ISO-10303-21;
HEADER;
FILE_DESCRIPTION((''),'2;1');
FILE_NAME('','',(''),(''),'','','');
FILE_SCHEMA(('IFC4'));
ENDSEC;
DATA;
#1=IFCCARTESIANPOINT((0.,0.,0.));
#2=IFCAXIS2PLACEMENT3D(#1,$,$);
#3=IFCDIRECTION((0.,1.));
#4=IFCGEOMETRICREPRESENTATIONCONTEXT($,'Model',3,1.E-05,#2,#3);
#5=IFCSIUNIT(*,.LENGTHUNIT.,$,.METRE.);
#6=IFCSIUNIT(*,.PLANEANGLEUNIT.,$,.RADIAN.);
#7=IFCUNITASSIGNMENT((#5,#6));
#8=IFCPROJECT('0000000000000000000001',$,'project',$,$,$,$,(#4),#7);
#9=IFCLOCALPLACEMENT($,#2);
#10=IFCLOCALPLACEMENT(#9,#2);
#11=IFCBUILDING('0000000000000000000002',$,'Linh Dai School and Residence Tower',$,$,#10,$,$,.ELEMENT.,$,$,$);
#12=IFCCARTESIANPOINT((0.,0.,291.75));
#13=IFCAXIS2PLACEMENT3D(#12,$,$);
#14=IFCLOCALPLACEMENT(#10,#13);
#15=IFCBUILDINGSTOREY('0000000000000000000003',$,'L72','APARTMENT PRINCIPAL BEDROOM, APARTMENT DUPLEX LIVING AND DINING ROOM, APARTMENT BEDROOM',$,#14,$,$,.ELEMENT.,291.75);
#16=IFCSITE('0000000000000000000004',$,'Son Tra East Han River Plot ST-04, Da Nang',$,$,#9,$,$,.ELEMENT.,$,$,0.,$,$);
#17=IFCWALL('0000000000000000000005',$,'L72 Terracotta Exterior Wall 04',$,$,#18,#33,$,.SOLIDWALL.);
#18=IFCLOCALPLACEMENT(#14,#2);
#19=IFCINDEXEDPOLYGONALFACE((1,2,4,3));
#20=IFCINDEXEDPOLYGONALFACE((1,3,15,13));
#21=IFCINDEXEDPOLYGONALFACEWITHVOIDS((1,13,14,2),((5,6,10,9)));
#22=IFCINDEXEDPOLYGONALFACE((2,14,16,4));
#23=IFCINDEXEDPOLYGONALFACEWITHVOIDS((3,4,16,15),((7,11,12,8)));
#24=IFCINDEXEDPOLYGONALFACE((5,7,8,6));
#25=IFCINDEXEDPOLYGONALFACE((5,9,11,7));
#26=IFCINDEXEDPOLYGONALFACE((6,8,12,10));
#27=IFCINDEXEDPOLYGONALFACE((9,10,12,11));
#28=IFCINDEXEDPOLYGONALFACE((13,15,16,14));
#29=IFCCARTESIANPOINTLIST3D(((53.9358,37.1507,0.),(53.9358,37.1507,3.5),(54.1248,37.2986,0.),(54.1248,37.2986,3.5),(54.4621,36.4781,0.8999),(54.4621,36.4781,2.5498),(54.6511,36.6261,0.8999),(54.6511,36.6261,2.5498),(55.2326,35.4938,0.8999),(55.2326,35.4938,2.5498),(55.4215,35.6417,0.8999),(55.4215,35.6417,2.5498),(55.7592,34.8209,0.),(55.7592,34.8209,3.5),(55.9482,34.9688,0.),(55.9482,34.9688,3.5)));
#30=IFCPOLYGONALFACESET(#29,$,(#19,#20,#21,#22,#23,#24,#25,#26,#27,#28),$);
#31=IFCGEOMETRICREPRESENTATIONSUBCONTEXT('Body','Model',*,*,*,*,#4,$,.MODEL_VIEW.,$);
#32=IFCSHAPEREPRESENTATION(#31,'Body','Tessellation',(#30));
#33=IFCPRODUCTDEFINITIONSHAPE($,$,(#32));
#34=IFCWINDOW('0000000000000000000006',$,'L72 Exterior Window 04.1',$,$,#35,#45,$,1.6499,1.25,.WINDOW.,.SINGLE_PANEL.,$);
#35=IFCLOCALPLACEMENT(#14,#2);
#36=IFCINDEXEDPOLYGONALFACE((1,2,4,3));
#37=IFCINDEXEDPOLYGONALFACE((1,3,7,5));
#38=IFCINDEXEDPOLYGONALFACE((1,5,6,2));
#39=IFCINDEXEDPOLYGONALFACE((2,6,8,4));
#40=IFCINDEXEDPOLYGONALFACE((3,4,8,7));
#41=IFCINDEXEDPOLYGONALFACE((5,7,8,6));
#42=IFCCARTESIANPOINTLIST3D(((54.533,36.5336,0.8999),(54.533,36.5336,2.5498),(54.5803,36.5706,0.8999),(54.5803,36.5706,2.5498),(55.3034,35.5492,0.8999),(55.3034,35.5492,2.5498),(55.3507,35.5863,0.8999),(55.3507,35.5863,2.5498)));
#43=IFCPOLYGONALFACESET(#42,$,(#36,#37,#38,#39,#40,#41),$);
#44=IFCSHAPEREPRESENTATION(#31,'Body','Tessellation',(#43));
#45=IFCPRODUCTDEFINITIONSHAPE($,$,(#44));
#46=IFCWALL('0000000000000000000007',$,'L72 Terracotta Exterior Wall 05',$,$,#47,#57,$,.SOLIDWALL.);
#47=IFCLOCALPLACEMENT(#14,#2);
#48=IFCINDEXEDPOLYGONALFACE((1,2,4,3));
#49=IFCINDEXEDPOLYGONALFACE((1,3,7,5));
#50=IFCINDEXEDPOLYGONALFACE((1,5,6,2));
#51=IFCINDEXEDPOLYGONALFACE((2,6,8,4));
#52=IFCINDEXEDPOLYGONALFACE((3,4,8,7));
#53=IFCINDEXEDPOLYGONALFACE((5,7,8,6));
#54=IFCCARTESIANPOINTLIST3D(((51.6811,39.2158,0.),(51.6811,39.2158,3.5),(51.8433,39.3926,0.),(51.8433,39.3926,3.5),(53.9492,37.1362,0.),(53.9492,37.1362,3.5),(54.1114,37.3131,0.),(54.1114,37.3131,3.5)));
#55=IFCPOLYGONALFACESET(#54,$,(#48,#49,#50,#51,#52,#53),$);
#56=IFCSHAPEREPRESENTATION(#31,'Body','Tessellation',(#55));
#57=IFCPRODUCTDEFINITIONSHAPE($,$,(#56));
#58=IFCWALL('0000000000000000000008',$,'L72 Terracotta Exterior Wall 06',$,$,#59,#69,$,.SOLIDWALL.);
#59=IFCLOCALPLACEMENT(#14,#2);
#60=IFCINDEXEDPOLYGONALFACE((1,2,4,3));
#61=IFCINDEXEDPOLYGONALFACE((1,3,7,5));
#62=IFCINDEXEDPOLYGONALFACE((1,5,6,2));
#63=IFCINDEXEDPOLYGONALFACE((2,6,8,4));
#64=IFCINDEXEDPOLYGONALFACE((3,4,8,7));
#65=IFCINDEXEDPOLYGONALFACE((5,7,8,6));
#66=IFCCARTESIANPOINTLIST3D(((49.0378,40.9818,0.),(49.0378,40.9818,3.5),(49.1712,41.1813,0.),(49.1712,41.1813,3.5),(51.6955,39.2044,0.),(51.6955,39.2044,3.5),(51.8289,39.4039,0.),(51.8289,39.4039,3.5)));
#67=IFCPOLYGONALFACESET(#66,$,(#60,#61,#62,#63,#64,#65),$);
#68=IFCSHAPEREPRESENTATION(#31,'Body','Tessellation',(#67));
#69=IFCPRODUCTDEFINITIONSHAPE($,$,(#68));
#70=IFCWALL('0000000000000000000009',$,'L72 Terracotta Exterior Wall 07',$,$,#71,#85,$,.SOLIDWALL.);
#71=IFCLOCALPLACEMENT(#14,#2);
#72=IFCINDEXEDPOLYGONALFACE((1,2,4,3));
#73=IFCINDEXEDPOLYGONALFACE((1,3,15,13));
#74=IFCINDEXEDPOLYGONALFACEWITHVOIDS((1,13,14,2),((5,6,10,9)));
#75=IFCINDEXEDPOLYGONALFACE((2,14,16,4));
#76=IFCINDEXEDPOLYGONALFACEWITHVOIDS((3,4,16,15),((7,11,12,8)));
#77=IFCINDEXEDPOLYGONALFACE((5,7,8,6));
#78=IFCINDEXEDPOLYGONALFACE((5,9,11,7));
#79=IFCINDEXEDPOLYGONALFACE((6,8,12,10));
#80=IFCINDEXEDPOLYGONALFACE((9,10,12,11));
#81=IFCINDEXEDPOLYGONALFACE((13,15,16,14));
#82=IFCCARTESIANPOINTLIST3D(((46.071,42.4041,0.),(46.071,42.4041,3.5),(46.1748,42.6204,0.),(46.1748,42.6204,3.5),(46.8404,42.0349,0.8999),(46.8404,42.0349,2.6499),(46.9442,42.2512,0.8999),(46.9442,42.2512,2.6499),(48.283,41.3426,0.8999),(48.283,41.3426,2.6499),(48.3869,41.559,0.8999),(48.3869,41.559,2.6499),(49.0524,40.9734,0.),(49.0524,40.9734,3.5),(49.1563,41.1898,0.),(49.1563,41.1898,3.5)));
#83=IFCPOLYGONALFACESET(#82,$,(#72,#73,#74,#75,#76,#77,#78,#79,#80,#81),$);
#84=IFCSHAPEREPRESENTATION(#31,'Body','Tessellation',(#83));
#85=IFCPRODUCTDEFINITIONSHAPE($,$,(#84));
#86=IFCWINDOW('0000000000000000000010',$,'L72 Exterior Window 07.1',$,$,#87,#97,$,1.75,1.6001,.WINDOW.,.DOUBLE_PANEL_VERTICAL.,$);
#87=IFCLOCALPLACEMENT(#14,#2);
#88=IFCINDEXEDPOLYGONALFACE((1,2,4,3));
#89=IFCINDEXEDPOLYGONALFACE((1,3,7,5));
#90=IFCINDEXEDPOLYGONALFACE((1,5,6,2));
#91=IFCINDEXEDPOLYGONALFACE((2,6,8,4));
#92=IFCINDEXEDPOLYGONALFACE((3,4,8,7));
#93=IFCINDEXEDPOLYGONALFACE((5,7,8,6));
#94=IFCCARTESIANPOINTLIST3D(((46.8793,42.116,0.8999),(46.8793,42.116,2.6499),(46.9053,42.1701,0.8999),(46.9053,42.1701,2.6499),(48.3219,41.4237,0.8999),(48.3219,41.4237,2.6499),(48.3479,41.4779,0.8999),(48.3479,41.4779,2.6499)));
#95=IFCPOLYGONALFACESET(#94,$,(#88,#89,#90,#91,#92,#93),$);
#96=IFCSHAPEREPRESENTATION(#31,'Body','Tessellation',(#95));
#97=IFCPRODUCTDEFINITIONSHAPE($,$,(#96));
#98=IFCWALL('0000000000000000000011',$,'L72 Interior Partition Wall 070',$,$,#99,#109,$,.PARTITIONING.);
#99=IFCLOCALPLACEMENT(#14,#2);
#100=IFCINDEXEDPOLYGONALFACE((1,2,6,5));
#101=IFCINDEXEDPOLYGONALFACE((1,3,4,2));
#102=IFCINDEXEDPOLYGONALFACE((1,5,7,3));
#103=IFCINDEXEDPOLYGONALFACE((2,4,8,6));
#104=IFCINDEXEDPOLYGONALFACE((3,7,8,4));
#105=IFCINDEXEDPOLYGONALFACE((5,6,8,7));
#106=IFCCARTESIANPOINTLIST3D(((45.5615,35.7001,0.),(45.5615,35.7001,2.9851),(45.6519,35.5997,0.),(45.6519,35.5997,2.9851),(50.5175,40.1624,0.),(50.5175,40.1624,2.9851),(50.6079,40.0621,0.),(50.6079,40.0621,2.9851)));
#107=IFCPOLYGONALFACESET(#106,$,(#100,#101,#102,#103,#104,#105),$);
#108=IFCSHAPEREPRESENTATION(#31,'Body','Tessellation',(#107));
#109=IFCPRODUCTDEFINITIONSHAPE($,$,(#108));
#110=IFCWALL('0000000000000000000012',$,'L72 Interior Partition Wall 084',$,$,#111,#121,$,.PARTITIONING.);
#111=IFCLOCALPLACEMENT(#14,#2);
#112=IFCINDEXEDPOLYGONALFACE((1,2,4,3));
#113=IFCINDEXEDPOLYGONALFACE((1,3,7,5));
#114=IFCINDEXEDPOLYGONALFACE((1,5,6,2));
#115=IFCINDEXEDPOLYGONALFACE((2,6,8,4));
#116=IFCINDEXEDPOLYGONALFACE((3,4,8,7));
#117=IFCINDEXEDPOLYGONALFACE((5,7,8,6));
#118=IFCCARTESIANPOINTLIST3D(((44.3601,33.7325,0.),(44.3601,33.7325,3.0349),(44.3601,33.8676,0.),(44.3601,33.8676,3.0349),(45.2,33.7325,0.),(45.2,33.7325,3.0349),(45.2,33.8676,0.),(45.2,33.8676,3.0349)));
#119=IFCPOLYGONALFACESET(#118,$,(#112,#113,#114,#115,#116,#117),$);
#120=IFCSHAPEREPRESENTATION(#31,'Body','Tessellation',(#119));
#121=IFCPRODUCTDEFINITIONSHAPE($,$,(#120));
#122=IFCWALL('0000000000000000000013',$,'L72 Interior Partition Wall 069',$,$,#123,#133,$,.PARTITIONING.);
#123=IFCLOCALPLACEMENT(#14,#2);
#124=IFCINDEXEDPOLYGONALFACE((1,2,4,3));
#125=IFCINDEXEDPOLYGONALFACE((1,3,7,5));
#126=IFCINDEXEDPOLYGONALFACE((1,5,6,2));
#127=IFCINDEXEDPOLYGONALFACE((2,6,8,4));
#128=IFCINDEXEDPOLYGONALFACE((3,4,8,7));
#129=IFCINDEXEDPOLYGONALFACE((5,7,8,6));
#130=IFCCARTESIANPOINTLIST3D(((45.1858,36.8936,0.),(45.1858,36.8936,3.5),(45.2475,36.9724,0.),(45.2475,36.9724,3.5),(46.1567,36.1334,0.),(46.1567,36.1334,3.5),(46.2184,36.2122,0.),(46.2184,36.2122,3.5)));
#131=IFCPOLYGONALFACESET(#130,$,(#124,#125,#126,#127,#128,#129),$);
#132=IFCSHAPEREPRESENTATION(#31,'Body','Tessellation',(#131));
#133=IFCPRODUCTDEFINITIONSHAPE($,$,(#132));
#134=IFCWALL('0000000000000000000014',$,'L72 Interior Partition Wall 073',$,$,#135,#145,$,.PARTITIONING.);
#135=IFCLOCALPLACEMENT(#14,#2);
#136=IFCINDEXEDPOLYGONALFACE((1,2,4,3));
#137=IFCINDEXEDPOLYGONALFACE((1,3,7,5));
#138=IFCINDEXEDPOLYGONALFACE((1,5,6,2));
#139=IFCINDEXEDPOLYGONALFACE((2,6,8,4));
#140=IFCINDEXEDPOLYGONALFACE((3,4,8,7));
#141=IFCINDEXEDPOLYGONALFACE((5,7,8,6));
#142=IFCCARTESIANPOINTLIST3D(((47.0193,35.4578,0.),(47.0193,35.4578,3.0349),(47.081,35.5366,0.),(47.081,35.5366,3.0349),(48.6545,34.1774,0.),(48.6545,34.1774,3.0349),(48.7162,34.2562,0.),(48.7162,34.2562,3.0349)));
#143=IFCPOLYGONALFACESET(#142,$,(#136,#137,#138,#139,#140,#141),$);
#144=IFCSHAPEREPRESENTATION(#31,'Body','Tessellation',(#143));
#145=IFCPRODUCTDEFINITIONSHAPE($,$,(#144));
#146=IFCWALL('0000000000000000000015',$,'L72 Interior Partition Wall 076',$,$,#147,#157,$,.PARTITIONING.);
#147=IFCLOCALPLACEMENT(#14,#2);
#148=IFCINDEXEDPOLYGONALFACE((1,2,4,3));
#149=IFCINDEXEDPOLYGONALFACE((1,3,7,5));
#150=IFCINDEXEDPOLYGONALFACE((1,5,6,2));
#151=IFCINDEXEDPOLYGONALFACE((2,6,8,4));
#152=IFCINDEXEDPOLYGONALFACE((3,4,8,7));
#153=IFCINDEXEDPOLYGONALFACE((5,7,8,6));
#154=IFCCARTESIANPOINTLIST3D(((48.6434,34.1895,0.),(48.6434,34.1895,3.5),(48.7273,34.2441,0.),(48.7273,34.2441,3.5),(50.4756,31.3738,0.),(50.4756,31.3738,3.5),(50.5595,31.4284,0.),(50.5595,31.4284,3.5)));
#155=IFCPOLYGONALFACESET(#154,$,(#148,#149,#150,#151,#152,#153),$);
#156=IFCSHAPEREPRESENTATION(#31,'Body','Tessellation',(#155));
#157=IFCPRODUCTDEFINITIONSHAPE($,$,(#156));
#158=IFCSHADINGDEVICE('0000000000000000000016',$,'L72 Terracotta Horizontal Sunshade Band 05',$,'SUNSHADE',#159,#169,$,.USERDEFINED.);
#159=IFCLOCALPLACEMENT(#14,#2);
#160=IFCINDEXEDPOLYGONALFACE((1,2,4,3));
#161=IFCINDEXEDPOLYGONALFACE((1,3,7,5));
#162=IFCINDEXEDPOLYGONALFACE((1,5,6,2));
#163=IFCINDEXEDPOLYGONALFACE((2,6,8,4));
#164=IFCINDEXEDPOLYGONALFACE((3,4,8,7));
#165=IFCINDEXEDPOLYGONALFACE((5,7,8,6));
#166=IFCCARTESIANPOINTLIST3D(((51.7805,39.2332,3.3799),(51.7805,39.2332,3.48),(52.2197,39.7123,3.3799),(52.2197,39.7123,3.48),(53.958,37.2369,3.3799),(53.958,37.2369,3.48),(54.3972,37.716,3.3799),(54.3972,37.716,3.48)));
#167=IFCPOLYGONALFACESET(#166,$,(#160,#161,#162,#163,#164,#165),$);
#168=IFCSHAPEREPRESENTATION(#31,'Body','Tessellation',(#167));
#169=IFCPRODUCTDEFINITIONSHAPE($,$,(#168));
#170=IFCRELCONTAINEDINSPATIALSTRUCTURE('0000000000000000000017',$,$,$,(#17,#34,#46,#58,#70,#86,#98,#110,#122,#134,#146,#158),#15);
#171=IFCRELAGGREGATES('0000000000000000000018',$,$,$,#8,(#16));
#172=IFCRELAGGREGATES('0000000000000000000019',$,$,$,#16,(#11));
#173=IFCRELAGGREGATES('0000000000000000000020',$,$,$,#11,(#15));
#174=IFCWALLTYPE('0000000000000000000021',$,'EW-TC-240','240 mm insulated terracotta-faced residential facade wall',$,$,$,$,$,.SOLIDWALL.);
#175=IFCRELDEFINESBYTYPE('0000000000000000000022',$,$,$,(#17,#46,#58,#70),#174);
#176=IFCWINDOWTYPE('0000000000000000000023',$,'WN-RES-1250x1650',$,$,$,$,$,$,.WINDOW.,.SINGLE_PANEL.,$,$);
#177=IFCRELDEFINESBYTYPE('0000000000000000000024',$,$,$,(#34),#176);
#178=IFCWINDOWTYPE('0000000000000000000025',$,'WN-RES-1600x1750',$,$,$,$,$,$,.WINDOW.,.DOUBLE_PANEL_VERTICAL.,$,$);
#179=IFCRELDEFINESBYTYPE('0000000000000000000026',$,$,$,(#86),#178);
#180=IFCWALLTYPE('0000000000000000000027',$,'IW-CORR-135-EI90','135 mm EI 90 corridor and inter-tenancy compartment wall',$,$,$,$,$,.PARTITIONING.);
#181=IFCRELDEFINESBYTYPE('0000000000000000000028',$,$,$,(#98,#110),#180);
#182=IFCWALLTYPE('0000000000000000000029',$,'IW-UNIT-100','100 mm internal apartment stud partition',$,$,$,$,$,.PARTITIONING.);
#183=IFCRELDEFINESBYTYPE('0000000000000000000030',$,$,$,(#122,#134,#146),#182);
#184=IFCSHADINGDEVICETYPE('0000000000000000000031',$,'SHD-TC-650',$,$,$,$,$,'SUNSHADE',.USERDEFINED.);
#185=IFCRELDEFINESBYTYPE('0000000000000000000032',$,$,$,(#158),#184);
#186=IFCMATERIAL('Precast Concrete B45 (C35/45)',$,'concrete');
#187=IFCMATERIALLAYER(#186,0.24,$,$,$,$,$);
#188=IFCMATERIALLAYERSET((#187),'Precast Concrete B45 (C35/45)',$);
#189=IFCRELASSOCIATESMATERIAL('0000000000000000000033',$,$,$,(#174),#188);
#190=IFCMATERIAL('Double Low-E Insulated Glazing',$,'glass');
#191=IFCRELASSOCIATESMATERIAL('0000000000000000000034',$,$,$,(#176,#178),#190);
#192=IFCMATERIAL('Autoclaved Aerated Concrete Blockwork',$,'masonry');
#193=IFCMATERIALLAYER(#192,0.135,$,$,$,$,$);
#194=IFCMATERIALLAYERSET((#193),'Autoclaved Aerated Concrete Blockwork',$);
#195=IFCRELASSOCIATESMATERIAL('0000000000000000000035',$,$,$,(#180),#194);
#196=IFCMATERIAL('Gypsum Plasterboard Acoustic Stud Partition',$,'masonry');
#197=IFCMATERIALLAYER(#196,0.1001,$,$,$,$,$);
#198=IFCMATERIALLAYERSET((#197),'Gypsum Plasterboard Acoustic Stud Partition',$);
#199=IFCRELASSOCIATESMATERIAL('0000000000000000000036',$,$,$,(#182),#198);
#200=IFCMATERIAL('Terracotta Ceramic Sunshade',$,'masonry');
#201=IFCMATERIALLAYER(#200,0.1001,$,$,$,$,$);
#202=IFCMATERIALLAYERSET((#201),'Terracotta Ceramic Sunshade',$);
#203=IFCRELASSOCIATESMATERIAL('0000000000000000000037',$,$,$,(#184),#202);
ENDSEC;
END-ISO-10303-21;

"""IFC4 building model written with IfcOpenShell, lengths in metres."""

from ifc_helpers import new_model, si_unit, direction, frame, frame_2d, origin, origin_2d, place, context, subcontext, project, spatial, rectangle, extrude, source, transform, mapped, material, layer, layer_set, type_object, element, fill, save


model = new_model("IFC4")

# Units and contexts
model_context = context("Model", 3, precision=1e-05, world=origin(), true_north=direction((0.0, 1.0)))
body_context = subcontext(model_context, "Body", "Model", "MODEL_VIEW")
ifc_project = project(units=[si_unit("LENGTHUNIT", "METRE"), si_unit("PLANEANGLEUNIT", "RADIAN")], contexts=[model_context])

# Site, building, storey
site_placement = place(None, origin())
site = spatial("IfcSite", under=ifc_project, at=site_placement, Name="Son Tra East Han River Plot ST-04, Da Nang", CompositionType="ELEMENT", RefElevation=0.0)
building_placement = place(site_placement, origin())
building = spatial("IfcBuilding", under=site, at=building_placement, Name="Linh Dai School and Residence Tower", CompositionType="ELEMENT")
storey_placement = place(building_placement, frame((0.0, 0.0, 291.75)))
storey = spatial("IfcBuildingStorey", under=building, at=storey_placement, Name="L72", Description="APARTMENT PRINCIPAL BEDROOM, APARTMENT DUPLEX LIVING AND DINING ROOM, APARTMENT BEDROOM", CompositionType="ELEMENT", Elevation=291.75)

# Shared definitions
ifc_material_1 = material(Name="Precast Concrete B45 (C35/45)", Category="concrete")

# Shared definitions
ifc_layer_1 = layer(ifc_material_1, 0.24)
ifc_layer_set_1 = layer_set([ifc_layer_1], Name="Precast Concrete B45 (C35/45)")
wall_type_1 = type_object("IfcWallType", Name="EW-TC-240", Description="240 mm insulated terracotta-faced residential facade wall", PredefinedType="SOLIDWALL", material=ifc_layer_set_1)

# Wall, opening, window
wall_1_placement = place(storey_placement, frame((54.0303, 37.2246, 0.0), z_axis=(0.0, 0.0, 1.0), x_axis=(0.616337, -0.787482, 0.0)))
wall_1 = element("IfcWall", 1, at=wall_1_placement, inside=storey, type_object=wall_type_1, Name="L72 Terracotta Exterior Wall 04", PredefinedType="SOLIDWALL", context=body_context, shape_type="SweptSolid", body=[
    extrude(rectangle(XDim=2.9585, YDim=0.24, at=frame_2d((1.4792, 0.0))), origin(), (0.0, 0.0, 1.0), 3.5),
])
opening_1_placement = place(wall_1_placement, frame((0.854, 0.0, 0.8999)))
opening_1 = element("IfcOpeningElement", 2, at=opening_1_placement, cuts=wall_1, PredefinedType="OPENING", context=body_context, shape_type="SweptSolid", body=[
    extrude(rectangle(XDim=1.25, YDim=1.6499, at=origin_2d()), frame((0.625, 0.1299, 0.825), z_axis=(0.0, -1.0, 0.0), x_axis=(1.0, 0.0, 0.0)), (0.0, 0.0, 1.0), 0.26),
])
ifc_material_2 = material(Name="Double Low-E Insulated Glazing", Category="glass")
window_type_1 = type_object("IfcWindowType", Name="WN-RES-1250x1650", PartitioningType="SINGLE_PANEL", PredefinedType="WINDOW", material=ifc_material_2)
shared_shape_1 = source(origin(), body_context, "Body", "SweptSolid", [
    extrude(rectangle(XDim=1.25, YDim=1.6499, at=origin_2d()), frame((0.625, 0.03, 0.825), z_axis=(0.0, -1.0, 0.0), x_axis=(1.0, 0.0, 0.0)), (0.0, 0.0, 1.0), 0.0601),
])
window_1_placement = place(opening_1_placement, origin())
window_1 = element("IfcWindow", 3, at=window_1_placement, inside=storey, type_object=window_type_1, Name="L72 Exterior Window 04.1", OverallHeight=1.6499, OverallWidth=1.25, PartitioningType="SINGLE_PANEL", PredefinedType="WINDOW", context=body_context, shape_type="MappedRepresentation", body=[
    mapped(shared_shape_1, transform((0.0, 0.0, 0.0), x_axis=(1.0, 0.0, 0.0), y_axis=(0.0, 1.0, 0.0), z_axis=(0.0, 0.0, 1.0), scale=1.0)),
])
fill(opening_1, window_1)

# Walls
wall_2_placement = place(storey_placement, frame((51.7622, 39.3042, 0.0), z_axis=(0.0, 0.0, 1.0), x_axis=(0.737069, -0.675818, 0.0)))
element("IfcWall", 4, at=wall_2_placement, inside=storey, type_object=wall_type_1, Name="L72 Terracotta Exterior Wall 05", PredefinedType="SOLIDWALL", context=body_context, shape_type="SweptSolid", body=[
    extrude(rectangle(XDim=3.0771, YDim=0.24, at=frame_2d((1.5386, 0.0))), origin(), (0.0, 0.0, 1.0), 3.5),
])
wall_3_placement = place(storey_placement, frame((49.1045, 41.0815, 0.0), z_axis=(0.0, 0.0, 1.0), x_axis=(0.831251, -0.555898, 0.0)))
element("IfcWall", 5, at=wall_3_placement, inside=storey, type_object=wall_type_1, Name="L72 Terracotta Exterior Wall 06", PredefinedType="SOLIDWALL", context=body_context, shape_type="SweptSolid", body=[
    extrude(rectangle(XDim=3.1973, YDim=0.24, at=frame_2d((1.5986, 0.0))), origin(), (0.0, 0.0, 1.0), 3.5),
])

# Wall, opening, window
wall_4_placement = place(storey_placement, frame((46.123, 42.5122, 0.0), z_axis=(0.0, 0.0, 1.0), x_axis=(0.901574, -0.432625, 0.0)))
wall_4 = element("IfcWall", 6, at=wall_4_placement, inside=storey, type_object=wall_type_1, Name="L72 Terracotta Exterior Wall 07", PredefinedType="SOLIDWALL", context=body_context, shape_type="SweptSolid", body=[
    extrude(rectangle(XDim=3.3069, YDim=0.24, at=frame_2d((1.6533, 0.0))), origin(), (0.0, 0.0, 1.0), 3.5),
])
opening_2_placement = place(wall_4_placement, frame((0.8533, 0.0, 0.8999)))
opening_2 = element("IfcOpeningElement", 7, at=opening_2_placement, cuts=wall_4, PredefinedType="OPENING", context=body_context, shape_type="SweptSolid", body=[
    extrude(rectangle(XDim=1.6001, YDim=1.75, at=origin_2d()), frame((0.8, 0.1299, 0.875), z_axis=(0.0, -1.0, 0.0), x_axis=(1.0, 0.0, 0.0)), (0.0, 0.0, 1.0), 0.26),
])
window_type_2 = type_object("IfcWindowType", Name="WN-RES-1600x1750", PartitioningType="DOUBLE_PANEL_VERTICAL", PredefinedType="WINDOW", material=ifc_material_2)
shared_shape_2 = source(origin(), body_context, "Body", "SweptSolid", [
    extrude(rectangle(XDim=1.6001, YDim=1.75, at=origin_2d()), frame((0.8, 0.03, 0.875), z_axis=(0.0, -1.0, 0.0), x_axis=(1.0, 0.0, 0.0)), (0.0, 0.0, 1.0), 0.0601),
])
window_2_placement = place(opening_2_placement, origin())
window_2 = element("IfcWindow", 8, at=window_2_placement, inside=storey, type_object=window_type_2, Name="L72 Exterior Window 07.1", OverallHeight=1.75, OverallWidth=1.6001, PartitioningType="DOUBLE_PANEL_VERTICAL", PredefinedType="WINDOW", context=body_context, shape_type="MappedRepresentation", body=[
    mapped(shared_shape_2, transform((0.0, 0.0, 0.0), x_axis=(1.0, 0.0, 0.0), y_axis=(0.0, 1.0, 0.0), z_axis=(0.0, 0.0, 1.0), scale=1.0)),
])
fill(opening_2, window_2)

# Walls
ifc_material_3 = material(Name="Autoclaved Aerated Concrete Blockwork", Category="masonry")
ifc_layer_2 = layer(ifc_material_3, 0.135)
ifc_layer_set_2 = layer_set([ifc_layer_2], Name="Autoclaved Aerated Concrete Blockwork")
wall_type_2 = type_object("IfcWallType", Name="IW-CORR-135-EI90", Description="135 mm EI 90 corridor and inter-tenancy compartment wall", PredefinedType="PARTITIONING", material=ifc_layer_set_2)
wall_5_placement = place(storey_placement, frame((45.6067, 35.6499, 0.0), z_axis=(0.0, 0.0, 1.0), x_axis=(0.743149, 0.669127, 0.0)))
element("IfcWall", 9, at=wall_5_placement, inside=storey, type_object=wall_type_2, Name="L72 Interior Partition Wall 070", PredefinedType="PARTITIONING", context=body_context, shape_type="SweptSolid", body=[
    extrude(rectangle(XDim=6.6689, YDim=0.135, at=frame_2d((3.3345, 0.0))), origin(), (0.0, 0.0, 1.0), 2.9851),
])
wall_6_placement = place(storey_placement, frame((45.2, 33.8, 0.0), z_axis=(0.0, 0.0, 1.0), x_axis=(-1.0, 0.0, 0.0)))
element("IfcWall", 10, at=wall_6_placement, inside=storey, type_object=wall_type_2, Name="L72 Interior Partition Wall 084", PredefinedType="PARTITIONING", context=body_context, shape_type="SweptSolid", body=[
    extrude(rectangle(XDim=0.8398, YDim=0.135, at=frame_2d((0.4199, 0.0))), origin(), (0.0, 0.0, 1.0), 3.0349),
])
ifc_material_4 = material(Name="Gypsum Plasterboard Acoustic Stud Partition", Category="masonry")
ifc_layer_3 = layer(ifc_material_4, 0.1001)
ifc_layer_set_3 = layer_set([ifc_layer_3], Name="Gypsum Plasterboard Acoustic Stud Partition")
wall_type_3 = type_object("IfcWallType", Name="IW-UNIT-100", Description="100 mm internal apartment stud partition", PredefinedType="PARTITIONING", material=ifc_layer_set_3)
wall_7_placement = place(storey_placement, frame((45.2166, 36.9331, 0.0), z_axis=(0.0, 0.0, 1.0), x_axis=(0.787355, -0.6165, 0.0)))
element("IfcWall", 11, at=wall_7_placement, inside=storey, type_object=wall_type_3, Name="L72 Interior Partition Wall 069", PredefinedType="PARTITIONING", context=body_context, shape_type="SweptSolid", body=[
    extrude(rectangle(XDim=1.2332, YDim=0.1001, at=frame_2d((0.6167, 0.0))), origin(), (0.0, 0.0, 1.0), 3.5),
])
wall_8_placement = place(storey_placement, frame((47.05, 35.4973, 0.0), z_axis=(0.0, 0.0, 1.0), x_axis=(0.787329, -0.616533, 0.0)))
element("IfcWall", 12, at=wall_8_placement, inside=storey, type_object=wall_type_3, Name="L72 Interior Partition Wall 073", PredefinedType="PARTITIONING", context=body_context, shape_type="SweptSolid", body=[
    extrude(rectangle(XDim=2.0769, YDim=0.1001, at=frame_2d((1.0386, 0.0))), origin(), (0.0, 0.0, 1.0), 3.0349),
])
wall_9_placement = place(storey_placement, frame((48.6853, 34.2168, 0.0), z_axis=(0.0, 0.0, 1.0), x_axis=(0.545425, -0.83816, 0.0)))
element("IfcWall", 13, at=wall_9_placement, inside=storey, type_object=wall_type_3, Name="L72 Interior Partition Wall 076", PredefinedType="PARTITIONING", context=body_context, shape_type="SweptSolid", body=[
    extrude(rectangle(XDim=3.3594, YDim=0.1001, at=frame_2d((1.6797, 0.0))), origin(), (0.0, 0.0, 1.0), 3.5),
])

# Shading device
ifc_material_5 = material(Name="Terracotta Ceramic Sunshade", Category="masonry")
ifc_layer_4 = layer(ifc_material_5, 0.1001)
ifc_layer_set_4 = layer_set([ifc_layer_4], Name="Terracotta Ceramic Sunshade")
shading_device_type = type_object("IfcShadingDeviceType", Name="SHD-TC-650", ElementType="SUNSHADE", PredefinedType="USERDEFINED", material=ifc_layer_set_4)
shared_shape_3 = source(origin(), body_context, "Body", "SweptSolid", [
    extrude(rectangle(XDim=2.9541, YDim=0.6499, at=origin_2d()), origin(), (0.0, 0.0, 1.0), 0.1001),
])
shading_device_placement = place(storey_placement, frame((53.0889, 38.4746, 3.3799), z_axis=(0.0, 0.0, 1.0), x_axis=(0.737106, -0.675777, 0.0)))
element("IfcShadingDevice", 14, at=shading_device_placement, inside=storey, type_object=shading_device_type, Name="L72 Terracotta Horizontal Sunshade Band 05", ObjectType="SUNSHADE", PredefinedType="USERDEFINED", context=body_context, shape_type="MappedRepresentation", body=[
    mapped(shared_shape_3, transform((0.0, 0.0, 0.0), x_axis=(1.0, 0.0, 0.0), y_axis=(0.0, 1.0, 0.0), z_axis=(0.0, 0.0, 1.0), scale=1.0)),
])

save(model, "model.ifc")
